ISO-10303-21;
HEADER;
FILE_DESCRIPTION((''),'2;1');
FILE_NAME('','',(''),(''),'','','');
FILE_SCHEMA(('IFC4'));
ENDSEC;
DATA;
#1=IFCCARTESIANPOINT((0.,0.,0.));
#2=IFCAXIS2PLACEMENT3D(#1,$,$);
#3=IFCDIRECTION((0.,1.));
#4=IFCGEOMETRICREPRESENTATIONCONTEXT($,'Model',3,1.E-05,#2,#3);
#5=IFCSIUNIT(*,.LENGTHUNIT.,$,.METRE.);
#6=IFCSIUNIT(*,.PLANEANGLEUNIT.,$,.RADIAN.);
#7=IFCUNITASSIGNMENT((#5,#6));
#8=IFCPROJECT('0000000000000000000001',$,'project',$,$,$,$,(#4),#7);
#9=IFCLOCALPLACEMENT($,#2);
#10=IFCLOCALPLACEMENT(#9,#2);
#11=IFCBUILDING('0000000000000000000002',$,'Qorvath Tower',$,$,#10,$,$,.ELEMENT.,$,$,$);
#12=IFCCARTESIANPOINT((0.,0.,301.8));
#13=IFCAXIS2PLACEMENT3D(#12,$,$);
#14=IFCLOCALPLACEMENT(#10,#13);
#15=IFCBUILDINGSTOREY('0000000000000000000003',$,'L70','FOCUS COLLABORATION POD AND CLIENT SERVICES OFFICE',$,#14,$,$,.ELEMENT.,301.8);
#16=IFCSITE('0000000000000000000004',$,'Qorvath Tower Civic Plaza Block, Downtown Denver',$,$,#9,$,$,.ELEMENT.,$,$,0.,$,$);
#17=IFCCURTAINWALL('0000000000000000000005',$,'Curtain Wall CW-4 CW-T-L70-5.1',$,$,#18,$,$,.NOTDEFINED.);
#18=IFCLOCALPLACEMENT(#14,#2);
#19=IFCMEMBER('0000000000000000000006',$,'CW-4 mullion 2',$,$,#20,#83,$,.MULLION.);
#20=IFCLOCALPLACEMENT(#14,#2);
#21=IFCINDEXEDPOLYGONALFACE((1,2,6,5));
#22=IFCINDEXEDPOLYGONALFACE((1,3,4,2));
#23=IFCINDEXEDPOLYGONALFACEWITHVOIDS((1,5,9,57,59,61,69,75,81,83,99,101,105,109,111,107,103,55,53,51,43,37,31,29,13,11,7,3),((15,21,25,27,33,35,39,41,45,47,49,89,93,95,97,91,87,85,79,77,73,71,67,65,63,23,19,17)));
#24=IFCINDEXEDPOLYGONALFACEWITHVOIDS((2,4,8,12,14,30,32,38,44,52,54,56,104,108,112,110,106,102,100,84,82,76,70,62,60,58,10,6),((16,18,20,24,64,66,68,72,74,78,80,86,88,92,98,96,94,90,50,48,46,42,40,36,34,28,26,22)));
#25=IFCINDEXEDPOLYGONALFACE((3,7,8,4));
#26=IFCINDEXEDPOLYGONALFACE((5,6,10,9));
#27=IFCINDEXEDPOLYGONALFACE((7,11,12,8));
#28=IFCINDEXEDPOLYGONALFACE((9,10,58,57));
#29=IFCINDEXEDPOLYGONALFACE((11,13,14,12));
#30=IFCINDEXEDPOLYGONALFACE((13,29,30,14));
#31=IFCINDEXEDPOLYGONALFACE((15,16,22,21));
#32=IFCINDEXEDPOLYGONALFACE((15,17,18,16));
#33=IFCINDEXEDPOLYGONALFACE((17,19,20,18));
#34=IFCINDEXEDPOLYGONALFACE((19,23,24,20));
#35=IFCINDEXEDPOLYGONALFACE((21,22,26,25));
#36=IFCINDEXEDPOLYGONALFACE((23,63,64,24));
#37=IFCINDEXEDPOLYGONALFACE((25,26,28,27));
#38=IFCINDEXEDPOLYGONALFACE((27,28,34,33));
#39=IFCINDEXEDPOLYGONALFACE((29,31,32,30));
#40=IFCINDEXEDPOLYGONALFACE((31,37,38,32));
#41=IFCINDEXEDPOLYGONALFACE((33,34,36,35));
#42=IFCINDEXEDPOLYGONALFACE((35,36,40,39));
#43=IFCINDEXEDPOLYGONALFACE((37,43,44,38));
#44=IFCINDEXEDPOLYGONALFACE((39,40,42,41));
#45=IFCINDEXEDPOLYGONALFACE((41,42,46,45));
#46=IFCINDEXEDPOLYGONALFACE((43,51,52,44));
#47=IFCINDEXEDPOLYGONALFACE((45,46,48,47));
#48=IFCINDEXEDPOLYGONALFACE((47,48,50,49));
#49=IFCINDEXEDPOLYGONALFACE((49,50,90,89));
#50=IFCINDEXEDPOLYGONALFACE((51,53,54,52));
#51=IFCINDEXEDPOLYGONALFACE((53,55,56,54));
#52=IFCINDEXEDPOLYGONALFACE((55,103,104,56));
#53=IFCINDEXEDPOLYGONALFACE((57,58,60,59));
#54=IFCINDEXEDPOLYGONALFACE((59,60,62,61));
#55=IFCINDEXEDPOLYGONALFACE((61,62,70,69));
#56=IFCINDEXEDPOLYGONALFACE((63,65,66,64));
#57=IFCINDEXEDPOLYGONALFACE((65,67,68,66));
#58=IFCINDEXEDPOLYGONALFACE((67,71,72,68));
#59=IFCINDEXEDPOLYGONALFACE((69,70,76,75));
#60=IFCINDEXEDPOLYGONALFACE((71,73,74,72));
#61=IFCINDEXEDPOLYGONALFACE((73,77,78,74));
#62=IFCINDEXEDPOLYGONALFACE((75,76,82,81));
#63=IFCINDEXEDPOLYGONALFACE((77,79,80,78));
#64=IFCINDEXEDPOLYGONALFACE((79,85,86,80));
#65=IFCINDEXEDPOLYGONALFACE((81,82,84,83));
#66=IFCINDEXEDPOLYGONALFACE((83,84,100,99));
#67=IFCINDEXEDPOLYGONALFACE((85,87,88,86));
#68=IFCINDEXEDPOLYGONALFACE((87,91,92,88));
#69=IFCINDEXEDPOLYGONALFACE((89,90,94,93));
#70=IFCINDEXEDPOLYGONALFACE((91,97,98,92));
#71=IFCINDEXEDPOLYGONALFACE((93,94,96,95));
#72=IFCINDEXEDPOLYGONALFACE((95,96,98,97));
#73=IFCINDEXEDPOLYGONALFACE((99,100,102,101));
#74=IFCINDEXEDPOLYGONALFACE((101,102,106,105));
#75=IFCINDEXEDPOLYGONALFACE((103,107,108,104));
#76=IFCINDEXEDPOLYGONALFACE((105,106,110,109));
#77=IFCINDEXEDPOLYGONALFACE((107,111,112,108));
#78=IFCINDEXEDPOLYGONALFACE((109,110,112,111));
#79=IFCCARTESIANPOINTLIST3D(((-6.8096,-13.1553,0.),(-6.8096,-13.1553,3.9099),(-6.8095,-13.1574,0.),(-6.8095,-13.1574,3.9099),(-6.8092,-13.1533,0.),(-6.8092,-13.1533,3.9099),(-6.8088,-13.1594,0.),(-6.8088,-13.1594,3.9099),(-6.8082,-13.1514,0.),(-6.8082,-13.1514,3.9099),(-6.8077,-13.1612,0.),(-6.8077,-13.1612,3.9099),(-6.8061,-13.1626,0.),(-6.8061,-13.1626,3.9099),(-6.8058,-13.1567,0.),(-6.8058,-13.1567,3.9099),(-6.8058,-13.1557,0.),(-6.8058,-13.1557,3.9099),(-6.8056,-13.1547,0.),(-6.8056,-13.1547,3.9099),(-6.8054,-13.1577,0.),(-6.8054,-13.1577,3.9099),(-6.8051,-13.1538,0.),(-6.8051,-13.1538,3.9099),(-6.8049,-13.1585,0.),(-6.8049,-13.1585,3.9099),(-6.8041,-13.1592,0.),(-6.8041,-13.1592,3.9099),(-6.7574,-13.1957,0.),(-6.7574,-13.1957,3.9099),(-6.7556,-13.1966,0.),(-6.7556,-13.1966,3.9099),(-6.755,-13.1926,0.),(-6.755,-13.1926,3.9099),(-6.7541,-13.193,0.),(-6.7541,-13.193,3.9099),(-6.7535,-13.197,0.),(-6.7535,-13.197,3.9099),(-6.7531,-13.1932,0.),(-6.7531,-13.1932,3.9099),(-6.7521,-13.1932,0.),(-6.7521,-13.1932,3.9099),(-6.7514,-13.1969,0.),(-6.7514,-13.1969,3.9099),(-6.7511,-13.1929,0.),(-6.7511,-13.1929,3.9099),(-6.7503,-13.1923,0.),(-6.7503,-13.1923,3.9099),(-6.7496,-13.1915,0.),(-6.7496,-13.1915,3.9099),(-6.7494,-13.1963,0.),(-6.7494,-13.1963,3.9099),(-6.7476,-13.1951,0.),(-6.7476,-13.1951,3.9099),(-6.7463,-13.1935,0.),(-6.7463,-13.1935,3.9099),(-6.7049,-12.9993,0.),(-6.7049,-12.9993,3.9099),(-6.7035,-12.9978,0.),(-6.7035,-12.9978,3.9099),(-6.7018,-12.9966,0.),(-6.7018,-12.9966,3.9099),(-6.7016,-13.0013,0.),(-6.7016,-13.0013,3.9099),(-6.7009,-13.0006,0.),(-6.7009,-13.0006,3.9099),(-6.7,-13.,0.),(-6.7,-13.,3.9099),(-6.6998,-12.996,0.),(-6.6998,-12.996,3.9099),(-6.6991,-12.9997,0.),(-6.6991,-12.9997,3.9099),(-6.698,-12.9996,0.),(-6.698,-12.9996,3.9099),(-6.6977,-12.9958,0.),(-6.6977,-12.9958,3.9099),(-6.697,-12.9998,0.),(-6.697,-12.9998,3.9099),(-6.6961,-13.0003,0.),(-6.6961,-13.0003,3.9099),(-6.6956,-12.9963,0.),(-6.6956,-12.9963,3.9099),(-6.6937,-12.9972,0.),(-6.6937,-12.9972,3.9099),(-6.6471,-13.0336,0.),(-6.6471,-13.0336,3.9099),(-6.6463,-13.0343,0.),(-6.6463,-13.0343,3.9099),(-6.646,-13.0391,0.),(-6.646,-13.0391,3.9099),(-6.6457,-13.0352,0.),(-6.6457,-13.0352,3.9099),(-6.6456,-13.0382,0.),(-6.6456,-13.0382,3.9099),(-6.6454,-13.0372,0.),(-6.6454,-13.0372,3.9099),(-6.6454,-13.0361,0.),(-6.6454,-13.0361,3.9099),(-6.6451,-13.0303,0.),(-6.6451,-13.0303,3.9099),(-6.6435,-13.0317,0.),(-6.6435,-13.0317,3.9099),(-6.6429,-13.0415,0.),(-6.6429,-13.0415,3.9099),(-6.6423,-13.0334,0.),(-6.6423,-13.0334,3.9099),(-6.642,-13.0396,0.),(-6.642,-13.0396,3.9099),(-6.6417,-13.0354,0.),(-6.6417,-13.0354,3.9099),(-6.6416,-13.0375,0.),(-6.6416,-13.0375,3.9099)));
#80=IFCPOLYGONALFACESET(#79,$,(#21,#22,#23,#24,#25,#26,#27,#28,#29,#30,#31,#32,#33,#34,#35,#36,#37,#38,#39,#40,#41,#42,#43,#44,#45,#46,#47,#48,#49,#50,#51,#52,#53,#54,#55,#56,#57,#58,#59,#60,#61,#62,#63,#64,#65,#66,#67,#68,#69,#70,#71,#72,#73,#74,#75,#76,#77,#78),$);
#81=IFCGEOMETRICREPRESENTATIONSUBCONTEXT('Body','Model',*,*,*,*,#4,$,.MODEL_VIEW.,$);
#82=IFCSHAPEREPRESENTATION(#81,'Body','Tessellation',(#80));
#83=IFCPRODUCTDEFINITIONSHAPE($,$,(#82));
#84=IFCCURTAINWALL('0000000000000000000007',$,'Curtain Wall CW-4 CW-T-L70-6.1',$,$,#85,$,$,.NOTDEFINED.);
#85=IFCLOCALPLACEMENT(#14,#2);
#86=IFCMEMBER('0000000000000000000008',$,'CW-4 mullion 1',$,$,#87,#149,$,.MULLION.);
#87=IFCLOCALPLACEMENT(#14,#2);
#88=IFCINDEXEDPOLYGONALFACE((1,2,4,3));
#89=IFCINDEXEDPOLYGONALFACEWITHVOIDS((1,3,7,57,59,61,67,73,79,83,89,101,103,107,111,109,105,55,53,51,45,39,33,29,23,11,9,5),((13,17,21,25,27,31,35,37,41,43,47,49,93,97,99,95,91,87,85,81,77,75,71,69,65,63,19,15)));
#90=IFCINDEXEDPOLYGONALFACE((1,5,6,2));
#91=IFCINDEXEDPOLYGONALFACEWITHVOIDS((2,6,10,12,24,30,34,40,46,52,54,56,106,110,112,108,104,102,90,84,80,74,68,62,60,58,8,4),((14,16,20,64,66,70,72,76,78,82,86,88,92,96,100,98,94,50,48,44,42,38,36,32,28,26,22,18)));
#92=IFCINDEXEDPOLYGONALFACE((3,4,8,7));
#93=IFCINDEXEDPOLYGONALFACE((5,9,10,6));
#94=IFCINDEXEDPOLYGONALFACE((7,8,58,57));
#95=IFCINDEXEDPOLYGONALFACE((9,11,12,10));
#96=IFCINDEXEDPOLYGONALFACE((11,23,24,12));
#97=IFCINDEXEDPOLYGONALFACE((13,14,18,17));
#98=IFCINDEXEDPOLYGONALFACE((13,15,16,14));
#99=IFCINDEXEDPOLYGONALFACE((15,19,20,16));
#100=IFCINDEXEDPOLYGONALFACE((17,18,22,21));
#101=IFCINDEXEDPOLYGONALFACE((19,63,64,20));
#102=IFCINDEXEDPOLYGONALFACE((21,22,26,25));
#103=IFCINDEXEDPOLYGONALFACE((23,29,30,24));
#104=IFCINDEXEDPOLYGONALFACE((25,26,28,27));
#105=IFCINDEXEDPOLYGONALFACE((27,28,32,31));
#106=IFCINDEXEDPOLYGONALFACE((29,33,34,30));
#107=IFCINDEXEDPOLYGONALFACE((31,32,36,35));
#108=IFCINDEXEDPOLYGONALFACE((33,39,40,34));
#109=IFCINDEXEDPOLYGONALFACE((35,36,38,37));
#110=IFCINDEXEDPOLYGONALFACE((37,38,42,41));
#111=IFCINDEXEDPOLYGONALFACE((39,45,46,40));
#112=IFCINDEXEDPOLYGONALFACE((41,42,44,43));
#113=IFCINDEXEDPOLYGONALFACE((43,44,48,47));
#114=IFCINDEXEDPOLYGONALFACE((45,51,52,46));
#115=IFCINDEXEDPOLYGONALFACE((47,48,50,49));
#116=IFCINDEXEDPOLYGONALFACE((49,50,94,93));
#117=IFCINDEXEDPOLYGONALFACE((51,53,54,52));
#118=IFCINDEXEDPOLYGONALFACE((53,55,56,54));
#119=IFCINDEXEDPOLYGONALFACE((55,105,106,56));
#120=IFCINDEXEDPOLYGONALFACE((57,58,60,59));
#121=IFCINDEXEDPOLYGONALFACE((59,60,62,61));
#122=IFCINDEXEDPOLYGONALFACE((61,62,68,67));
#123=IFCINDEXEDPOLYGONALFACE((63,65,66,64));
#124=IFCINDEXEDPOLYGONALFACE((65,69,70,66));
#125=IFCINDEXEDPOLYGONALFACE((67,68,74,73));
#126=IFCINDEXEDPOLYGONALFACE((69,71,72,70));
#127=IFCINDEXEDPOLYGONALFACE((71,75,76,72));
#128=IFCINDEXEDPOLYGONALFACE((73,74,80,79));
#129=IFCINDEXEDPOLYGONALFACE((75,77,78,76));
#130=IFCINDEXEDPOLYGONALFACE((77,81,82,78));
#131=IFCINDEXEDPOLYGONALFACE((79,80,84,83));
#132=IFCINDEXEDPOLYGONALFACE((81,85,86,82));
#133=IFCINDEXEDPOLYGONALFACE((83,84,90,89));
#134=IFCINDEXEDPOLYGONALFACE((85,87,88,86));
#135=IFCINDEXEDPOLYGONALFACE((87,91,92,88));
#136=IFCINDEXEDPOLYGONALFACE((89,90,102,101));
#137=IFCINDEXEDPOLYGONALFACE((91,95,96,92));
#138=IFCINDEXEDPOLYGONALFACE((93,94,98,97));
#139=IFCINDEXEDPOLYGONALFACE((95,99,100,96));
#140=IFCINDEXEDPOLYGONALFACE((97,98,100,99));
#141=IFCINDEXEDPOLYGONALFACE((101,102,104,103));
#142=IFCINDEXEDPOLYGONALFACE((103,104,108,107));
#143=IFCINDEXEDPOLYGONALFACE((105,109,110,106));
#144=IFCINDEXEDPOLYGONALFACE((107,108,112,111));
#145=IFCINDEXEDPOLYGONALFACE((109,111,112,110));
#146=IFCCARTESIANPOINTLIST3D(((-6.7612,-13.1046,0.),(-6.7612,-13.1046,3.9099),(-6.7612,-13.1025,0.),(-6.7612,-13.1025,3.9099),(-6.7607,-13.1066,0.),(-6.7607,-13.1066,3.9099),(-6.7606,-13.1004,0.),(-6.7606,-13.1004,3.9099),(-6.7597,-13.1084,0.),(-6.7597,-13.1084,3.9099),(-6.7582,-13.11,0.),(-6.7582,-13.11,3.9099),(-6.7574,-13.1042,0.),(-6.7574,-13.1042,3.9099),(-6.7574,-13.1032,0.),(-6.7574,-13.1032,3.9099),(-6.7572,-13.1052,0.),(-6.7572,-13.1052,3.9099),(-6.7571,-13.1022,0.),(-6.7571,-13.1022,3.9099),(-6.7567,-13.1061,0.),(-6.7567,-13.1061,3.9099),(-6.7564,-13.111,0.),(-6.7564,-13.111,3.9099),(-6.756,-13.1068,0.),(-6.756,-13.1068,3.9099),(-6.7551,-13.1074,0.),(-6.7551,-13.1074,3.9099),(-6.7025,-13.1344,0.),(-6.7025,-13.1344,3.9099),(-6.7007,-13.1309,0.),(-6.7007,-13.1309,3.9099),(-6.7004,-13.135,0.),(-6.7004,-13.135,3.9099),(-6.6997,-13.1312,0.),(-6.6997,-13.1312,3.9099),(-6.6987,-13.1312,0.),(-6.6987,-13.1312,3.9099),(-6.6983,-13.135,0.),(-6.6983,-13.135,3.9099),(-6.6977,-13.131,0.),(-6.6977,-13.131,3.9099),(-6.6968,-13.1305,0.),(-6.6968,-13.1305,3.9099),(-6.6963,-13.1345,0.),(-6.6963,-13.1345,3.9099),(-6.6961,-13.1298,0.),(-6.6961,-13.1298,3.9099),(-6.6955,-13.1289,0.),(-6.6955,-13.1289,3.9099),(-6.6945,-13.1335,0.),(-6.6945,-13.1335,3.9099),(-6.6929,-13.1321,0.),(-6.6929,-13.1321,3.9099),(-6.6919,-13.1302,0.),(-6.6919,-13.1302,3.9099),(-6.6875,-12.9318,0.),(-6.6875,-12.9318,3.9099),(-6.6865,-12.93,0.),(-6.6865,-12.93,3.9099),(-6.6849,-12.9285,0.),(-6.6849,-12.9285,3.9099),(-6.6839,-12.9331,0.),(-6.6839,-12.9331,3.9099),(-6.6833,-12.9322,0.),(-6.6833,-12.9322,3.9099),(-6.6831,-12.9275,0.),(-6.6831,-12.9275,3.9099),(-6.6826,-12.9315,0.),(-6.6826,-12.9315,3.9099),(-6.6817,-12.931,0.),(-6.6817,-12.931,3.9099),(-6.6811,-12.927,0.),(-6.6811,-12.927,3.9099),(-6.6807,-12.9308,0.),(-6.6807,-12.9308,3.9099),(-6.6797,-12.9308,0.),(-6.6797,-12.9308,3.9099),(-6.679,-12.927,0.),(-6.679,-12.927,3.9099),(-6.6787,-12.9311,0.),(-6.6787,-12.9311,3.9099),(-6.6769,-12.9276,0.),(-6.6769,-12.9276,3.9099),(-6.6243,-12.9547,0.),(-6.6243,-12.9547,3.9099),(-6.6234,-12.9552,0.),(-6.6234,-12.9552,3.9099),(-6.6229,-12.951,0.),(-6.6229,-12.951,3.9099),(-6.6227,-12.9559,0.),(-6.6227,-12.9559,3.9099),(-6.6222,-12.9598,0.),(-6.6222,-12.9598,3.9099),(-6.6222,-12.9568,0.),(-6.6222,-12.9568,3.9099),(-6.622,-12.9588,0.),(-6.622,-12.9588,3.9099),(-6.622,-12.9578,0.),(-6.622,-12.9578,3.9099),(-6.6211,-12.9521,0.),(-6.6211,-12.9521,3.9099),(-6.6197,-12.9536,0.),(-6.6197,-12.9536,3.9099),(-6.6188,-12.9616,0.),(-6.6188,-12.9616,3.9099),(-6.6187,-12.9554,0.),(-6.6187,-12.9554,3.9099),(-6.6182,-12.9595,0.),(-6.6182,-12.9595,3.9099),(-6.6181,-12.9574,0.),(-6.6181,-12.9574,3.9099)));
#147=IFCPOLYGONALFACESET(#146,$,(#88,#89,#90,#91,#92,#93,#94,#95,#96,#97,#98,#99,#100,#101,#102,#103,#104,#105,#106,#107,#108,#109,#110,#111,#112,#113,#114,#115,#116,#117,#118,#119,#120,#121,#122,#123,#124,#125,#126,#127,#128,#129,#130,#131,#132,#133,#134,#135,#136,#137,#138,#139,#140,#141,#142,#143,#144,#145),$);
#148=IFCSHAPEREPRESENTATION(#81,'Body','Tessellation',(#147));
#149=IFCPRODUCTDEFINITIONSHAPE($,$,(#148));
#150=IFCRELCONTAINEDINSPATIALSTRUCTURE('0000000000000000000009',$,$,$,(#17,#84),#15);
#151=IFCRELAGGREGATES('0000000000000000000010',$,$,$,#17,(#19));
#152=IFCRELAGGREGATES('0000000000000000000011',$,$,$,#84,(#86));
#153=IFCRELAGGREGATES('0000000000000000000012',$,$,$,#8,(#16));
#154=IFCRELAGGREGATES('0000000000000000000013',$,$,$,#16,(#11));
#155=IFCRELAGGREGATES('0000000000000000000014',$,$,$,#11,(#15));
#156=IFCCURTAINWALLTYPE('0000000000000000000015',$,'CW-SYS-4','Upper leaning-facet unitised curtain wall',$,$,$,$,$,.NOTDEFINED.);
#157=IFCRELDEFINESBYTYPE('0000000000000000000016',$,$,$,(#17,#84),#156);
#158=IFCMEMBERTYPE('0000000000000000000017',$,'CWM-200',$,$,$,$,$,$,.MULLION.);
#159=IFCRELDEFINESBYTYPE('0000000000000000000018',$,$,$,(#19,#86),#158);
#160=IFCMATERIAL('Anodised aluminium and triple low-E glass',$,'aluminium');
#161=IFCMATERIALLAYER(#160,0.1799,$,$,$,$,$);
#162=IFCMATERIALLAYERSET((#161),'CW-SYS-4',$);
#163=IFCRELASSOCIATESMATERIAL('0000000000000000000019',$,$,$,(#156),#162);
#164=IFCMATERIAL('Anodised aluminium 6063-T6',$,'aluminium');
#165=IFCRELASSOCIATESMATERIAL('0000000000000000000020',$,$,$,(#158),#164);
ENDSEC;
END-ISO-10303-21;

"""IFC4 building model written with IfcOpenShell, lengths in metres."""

from ifc_helpers import new_model, si_unit, direction, frame, origin, origin_2d, place, context, subcontext, project, spatial, hollow_rectangle, extrude, material, layer, layer_set, material_profile, profile_set, type_object, element, aggregate, save


model = new_model("IFC4")

# Units and contexts
model_context = context("Model", 3, precision=1e-05, world=origin(), true_north=direction((0.0, 1.0)))
body_context = subcontext(model_context, "Body", "Model", "MODEL_VIEW")
ifc_project = project(units=[si_unit("LENGTHUNIT", "METRE"), si_unit("PLANEANGLEUNIT", "RADIAN")], contexts=[model_context])

# Site, building, storey
site_placement = place(None, origin())
site = spatial("IfcSite", under=ifc_project, at=site_placement, Name="Qorvath Tower Civic Plaza Block, Downtown Denver", CompositionType="ELEMENT", RefElevation=0.0)
building_placement = place(site_placement, origin())
building = spatial("IfcBuilding", under=site, at=building_placement, Name="Qorvath Tower", CompositionType="ELEMENT")
storey_placement = place(building_placement, frame((0.0, 0.0, 301.8)))
storey = spatial("IfcBuildingStorey", under=building, at=storey_placement, Name="L70", Description="FOCUS COLLABORATION POD AND CLIENT SERVICES OFFICE", CompositionType="ELEMENT", Elevation=301.8)

# Shared definitions
ifc_material_1 = material(Name="Anodised aluminium and triple low-E glass", Category="aluminium")
ifc_layer_1 = layer(ifc_material_1, 0.1799)
ifc_layer_set_1 = layer_set([ifc_layer_1], Name="CW-SYS-4")
curtain_wall_type = type_object("IfcCurtainWallType", Name="CW-SYS-4", Description="Upper leaning-facet unitised curtain wall", PredefinedType="NOTDEFINED", material=ifc_layer_set_1)
ifc_material_2 = material(Name="Anodised aluminium 6063-T6", Category="aluminium")
ifc_material_profile_1 = material_profile(ifc_material_2, hollow_rectangle(XDim=0.075, YDim=0.2, WallThickness=0.0039, InnerFilletRadius=0.0039, OuterFilletRadius=0.0081, at=origin_2d()), Name="CWM 200x75")
ifc_profile_set_1 = profile_set([ifc_material_profile_1], Name="Anodised aluminium 6063-T6")
member_type_1 = type_object("IfcMemberType", Name="CWM-200", PredefinedType="MULLION", material=ifc_profile_set_1)

# Curtain walls, members
curtain_wall_1_placement = place(storey_placement, origin())
curtain_wall_1 = element("IfcCurtainWall", 1, at=curtain_wall_1_placement, inside=storey, type_object=curtain_wall_type, Name="Curtain Wall CW-4 CW-T-L70-5.1", PredefinedType="NOTDEFINED")
member_1_placement = place(storey_placement, frame((-6.7256, -13.0964, 0.0), z_axis=(0.0, 0.0, 1.0), x_axis=(-0.827119, 0.562026, 0.0)))
member_1 = element("IfcMember", 2, at=member_1_placement, type_object=member_type_1, Name="CW-4 mullion 2", PredefinedType="MULLION", context=body_context, shape_type="SweptSolid", body=[
    extrude(hollow_rectangle(XDim=0.075, YDim=0.2, WallThickness=0.0039, InnerFilletRadius=0.0039, OuterFilletRadius=0.0081, at=origin_2d()), origin(), (0.0, 0.0, 1.0), 3.9099),
])
curtain_wall_2_placement = place(storey_placement, origin())
curtain_wall_2 = element("IfcCurtainWall", 3, at=curtain_wall_2_placement, inside=storey, type_object=curtain_wall_type, Name="Curtain Wall CW-4 CW-T-L70-6.1", PredefinedType="NOTDEFINED")
member_2_placement = place(storey_placement, frame((-6.6897, -13.031, 0.0), z_axis=(0.0, 0.0, 1.0), x_axis=(-0.917541, 0.397641, 0.0)))
member_2 = element("IfcMember", 4, at=member_2_placement, type_object=member_type_1, Name="CW-4 mullion 1", PredefinedType="MULLION", context=body_context, shape_type="SweptSolid", body=[
    extrude(hollow_rectangle(XDim=0.075, YDim=0.2, WallThickness=0.0039, InnerFilletRadius=0.0039, OuterFilletRadius=0.0081, at=origin_2d()), origin(), (0.0, 0.0, 1.0), 3.9099),
])

aggregate(curtain_wall_1, [member_1])
aggregate(curtain_wall_2, [member_2])

save(model, "model.ifc")
